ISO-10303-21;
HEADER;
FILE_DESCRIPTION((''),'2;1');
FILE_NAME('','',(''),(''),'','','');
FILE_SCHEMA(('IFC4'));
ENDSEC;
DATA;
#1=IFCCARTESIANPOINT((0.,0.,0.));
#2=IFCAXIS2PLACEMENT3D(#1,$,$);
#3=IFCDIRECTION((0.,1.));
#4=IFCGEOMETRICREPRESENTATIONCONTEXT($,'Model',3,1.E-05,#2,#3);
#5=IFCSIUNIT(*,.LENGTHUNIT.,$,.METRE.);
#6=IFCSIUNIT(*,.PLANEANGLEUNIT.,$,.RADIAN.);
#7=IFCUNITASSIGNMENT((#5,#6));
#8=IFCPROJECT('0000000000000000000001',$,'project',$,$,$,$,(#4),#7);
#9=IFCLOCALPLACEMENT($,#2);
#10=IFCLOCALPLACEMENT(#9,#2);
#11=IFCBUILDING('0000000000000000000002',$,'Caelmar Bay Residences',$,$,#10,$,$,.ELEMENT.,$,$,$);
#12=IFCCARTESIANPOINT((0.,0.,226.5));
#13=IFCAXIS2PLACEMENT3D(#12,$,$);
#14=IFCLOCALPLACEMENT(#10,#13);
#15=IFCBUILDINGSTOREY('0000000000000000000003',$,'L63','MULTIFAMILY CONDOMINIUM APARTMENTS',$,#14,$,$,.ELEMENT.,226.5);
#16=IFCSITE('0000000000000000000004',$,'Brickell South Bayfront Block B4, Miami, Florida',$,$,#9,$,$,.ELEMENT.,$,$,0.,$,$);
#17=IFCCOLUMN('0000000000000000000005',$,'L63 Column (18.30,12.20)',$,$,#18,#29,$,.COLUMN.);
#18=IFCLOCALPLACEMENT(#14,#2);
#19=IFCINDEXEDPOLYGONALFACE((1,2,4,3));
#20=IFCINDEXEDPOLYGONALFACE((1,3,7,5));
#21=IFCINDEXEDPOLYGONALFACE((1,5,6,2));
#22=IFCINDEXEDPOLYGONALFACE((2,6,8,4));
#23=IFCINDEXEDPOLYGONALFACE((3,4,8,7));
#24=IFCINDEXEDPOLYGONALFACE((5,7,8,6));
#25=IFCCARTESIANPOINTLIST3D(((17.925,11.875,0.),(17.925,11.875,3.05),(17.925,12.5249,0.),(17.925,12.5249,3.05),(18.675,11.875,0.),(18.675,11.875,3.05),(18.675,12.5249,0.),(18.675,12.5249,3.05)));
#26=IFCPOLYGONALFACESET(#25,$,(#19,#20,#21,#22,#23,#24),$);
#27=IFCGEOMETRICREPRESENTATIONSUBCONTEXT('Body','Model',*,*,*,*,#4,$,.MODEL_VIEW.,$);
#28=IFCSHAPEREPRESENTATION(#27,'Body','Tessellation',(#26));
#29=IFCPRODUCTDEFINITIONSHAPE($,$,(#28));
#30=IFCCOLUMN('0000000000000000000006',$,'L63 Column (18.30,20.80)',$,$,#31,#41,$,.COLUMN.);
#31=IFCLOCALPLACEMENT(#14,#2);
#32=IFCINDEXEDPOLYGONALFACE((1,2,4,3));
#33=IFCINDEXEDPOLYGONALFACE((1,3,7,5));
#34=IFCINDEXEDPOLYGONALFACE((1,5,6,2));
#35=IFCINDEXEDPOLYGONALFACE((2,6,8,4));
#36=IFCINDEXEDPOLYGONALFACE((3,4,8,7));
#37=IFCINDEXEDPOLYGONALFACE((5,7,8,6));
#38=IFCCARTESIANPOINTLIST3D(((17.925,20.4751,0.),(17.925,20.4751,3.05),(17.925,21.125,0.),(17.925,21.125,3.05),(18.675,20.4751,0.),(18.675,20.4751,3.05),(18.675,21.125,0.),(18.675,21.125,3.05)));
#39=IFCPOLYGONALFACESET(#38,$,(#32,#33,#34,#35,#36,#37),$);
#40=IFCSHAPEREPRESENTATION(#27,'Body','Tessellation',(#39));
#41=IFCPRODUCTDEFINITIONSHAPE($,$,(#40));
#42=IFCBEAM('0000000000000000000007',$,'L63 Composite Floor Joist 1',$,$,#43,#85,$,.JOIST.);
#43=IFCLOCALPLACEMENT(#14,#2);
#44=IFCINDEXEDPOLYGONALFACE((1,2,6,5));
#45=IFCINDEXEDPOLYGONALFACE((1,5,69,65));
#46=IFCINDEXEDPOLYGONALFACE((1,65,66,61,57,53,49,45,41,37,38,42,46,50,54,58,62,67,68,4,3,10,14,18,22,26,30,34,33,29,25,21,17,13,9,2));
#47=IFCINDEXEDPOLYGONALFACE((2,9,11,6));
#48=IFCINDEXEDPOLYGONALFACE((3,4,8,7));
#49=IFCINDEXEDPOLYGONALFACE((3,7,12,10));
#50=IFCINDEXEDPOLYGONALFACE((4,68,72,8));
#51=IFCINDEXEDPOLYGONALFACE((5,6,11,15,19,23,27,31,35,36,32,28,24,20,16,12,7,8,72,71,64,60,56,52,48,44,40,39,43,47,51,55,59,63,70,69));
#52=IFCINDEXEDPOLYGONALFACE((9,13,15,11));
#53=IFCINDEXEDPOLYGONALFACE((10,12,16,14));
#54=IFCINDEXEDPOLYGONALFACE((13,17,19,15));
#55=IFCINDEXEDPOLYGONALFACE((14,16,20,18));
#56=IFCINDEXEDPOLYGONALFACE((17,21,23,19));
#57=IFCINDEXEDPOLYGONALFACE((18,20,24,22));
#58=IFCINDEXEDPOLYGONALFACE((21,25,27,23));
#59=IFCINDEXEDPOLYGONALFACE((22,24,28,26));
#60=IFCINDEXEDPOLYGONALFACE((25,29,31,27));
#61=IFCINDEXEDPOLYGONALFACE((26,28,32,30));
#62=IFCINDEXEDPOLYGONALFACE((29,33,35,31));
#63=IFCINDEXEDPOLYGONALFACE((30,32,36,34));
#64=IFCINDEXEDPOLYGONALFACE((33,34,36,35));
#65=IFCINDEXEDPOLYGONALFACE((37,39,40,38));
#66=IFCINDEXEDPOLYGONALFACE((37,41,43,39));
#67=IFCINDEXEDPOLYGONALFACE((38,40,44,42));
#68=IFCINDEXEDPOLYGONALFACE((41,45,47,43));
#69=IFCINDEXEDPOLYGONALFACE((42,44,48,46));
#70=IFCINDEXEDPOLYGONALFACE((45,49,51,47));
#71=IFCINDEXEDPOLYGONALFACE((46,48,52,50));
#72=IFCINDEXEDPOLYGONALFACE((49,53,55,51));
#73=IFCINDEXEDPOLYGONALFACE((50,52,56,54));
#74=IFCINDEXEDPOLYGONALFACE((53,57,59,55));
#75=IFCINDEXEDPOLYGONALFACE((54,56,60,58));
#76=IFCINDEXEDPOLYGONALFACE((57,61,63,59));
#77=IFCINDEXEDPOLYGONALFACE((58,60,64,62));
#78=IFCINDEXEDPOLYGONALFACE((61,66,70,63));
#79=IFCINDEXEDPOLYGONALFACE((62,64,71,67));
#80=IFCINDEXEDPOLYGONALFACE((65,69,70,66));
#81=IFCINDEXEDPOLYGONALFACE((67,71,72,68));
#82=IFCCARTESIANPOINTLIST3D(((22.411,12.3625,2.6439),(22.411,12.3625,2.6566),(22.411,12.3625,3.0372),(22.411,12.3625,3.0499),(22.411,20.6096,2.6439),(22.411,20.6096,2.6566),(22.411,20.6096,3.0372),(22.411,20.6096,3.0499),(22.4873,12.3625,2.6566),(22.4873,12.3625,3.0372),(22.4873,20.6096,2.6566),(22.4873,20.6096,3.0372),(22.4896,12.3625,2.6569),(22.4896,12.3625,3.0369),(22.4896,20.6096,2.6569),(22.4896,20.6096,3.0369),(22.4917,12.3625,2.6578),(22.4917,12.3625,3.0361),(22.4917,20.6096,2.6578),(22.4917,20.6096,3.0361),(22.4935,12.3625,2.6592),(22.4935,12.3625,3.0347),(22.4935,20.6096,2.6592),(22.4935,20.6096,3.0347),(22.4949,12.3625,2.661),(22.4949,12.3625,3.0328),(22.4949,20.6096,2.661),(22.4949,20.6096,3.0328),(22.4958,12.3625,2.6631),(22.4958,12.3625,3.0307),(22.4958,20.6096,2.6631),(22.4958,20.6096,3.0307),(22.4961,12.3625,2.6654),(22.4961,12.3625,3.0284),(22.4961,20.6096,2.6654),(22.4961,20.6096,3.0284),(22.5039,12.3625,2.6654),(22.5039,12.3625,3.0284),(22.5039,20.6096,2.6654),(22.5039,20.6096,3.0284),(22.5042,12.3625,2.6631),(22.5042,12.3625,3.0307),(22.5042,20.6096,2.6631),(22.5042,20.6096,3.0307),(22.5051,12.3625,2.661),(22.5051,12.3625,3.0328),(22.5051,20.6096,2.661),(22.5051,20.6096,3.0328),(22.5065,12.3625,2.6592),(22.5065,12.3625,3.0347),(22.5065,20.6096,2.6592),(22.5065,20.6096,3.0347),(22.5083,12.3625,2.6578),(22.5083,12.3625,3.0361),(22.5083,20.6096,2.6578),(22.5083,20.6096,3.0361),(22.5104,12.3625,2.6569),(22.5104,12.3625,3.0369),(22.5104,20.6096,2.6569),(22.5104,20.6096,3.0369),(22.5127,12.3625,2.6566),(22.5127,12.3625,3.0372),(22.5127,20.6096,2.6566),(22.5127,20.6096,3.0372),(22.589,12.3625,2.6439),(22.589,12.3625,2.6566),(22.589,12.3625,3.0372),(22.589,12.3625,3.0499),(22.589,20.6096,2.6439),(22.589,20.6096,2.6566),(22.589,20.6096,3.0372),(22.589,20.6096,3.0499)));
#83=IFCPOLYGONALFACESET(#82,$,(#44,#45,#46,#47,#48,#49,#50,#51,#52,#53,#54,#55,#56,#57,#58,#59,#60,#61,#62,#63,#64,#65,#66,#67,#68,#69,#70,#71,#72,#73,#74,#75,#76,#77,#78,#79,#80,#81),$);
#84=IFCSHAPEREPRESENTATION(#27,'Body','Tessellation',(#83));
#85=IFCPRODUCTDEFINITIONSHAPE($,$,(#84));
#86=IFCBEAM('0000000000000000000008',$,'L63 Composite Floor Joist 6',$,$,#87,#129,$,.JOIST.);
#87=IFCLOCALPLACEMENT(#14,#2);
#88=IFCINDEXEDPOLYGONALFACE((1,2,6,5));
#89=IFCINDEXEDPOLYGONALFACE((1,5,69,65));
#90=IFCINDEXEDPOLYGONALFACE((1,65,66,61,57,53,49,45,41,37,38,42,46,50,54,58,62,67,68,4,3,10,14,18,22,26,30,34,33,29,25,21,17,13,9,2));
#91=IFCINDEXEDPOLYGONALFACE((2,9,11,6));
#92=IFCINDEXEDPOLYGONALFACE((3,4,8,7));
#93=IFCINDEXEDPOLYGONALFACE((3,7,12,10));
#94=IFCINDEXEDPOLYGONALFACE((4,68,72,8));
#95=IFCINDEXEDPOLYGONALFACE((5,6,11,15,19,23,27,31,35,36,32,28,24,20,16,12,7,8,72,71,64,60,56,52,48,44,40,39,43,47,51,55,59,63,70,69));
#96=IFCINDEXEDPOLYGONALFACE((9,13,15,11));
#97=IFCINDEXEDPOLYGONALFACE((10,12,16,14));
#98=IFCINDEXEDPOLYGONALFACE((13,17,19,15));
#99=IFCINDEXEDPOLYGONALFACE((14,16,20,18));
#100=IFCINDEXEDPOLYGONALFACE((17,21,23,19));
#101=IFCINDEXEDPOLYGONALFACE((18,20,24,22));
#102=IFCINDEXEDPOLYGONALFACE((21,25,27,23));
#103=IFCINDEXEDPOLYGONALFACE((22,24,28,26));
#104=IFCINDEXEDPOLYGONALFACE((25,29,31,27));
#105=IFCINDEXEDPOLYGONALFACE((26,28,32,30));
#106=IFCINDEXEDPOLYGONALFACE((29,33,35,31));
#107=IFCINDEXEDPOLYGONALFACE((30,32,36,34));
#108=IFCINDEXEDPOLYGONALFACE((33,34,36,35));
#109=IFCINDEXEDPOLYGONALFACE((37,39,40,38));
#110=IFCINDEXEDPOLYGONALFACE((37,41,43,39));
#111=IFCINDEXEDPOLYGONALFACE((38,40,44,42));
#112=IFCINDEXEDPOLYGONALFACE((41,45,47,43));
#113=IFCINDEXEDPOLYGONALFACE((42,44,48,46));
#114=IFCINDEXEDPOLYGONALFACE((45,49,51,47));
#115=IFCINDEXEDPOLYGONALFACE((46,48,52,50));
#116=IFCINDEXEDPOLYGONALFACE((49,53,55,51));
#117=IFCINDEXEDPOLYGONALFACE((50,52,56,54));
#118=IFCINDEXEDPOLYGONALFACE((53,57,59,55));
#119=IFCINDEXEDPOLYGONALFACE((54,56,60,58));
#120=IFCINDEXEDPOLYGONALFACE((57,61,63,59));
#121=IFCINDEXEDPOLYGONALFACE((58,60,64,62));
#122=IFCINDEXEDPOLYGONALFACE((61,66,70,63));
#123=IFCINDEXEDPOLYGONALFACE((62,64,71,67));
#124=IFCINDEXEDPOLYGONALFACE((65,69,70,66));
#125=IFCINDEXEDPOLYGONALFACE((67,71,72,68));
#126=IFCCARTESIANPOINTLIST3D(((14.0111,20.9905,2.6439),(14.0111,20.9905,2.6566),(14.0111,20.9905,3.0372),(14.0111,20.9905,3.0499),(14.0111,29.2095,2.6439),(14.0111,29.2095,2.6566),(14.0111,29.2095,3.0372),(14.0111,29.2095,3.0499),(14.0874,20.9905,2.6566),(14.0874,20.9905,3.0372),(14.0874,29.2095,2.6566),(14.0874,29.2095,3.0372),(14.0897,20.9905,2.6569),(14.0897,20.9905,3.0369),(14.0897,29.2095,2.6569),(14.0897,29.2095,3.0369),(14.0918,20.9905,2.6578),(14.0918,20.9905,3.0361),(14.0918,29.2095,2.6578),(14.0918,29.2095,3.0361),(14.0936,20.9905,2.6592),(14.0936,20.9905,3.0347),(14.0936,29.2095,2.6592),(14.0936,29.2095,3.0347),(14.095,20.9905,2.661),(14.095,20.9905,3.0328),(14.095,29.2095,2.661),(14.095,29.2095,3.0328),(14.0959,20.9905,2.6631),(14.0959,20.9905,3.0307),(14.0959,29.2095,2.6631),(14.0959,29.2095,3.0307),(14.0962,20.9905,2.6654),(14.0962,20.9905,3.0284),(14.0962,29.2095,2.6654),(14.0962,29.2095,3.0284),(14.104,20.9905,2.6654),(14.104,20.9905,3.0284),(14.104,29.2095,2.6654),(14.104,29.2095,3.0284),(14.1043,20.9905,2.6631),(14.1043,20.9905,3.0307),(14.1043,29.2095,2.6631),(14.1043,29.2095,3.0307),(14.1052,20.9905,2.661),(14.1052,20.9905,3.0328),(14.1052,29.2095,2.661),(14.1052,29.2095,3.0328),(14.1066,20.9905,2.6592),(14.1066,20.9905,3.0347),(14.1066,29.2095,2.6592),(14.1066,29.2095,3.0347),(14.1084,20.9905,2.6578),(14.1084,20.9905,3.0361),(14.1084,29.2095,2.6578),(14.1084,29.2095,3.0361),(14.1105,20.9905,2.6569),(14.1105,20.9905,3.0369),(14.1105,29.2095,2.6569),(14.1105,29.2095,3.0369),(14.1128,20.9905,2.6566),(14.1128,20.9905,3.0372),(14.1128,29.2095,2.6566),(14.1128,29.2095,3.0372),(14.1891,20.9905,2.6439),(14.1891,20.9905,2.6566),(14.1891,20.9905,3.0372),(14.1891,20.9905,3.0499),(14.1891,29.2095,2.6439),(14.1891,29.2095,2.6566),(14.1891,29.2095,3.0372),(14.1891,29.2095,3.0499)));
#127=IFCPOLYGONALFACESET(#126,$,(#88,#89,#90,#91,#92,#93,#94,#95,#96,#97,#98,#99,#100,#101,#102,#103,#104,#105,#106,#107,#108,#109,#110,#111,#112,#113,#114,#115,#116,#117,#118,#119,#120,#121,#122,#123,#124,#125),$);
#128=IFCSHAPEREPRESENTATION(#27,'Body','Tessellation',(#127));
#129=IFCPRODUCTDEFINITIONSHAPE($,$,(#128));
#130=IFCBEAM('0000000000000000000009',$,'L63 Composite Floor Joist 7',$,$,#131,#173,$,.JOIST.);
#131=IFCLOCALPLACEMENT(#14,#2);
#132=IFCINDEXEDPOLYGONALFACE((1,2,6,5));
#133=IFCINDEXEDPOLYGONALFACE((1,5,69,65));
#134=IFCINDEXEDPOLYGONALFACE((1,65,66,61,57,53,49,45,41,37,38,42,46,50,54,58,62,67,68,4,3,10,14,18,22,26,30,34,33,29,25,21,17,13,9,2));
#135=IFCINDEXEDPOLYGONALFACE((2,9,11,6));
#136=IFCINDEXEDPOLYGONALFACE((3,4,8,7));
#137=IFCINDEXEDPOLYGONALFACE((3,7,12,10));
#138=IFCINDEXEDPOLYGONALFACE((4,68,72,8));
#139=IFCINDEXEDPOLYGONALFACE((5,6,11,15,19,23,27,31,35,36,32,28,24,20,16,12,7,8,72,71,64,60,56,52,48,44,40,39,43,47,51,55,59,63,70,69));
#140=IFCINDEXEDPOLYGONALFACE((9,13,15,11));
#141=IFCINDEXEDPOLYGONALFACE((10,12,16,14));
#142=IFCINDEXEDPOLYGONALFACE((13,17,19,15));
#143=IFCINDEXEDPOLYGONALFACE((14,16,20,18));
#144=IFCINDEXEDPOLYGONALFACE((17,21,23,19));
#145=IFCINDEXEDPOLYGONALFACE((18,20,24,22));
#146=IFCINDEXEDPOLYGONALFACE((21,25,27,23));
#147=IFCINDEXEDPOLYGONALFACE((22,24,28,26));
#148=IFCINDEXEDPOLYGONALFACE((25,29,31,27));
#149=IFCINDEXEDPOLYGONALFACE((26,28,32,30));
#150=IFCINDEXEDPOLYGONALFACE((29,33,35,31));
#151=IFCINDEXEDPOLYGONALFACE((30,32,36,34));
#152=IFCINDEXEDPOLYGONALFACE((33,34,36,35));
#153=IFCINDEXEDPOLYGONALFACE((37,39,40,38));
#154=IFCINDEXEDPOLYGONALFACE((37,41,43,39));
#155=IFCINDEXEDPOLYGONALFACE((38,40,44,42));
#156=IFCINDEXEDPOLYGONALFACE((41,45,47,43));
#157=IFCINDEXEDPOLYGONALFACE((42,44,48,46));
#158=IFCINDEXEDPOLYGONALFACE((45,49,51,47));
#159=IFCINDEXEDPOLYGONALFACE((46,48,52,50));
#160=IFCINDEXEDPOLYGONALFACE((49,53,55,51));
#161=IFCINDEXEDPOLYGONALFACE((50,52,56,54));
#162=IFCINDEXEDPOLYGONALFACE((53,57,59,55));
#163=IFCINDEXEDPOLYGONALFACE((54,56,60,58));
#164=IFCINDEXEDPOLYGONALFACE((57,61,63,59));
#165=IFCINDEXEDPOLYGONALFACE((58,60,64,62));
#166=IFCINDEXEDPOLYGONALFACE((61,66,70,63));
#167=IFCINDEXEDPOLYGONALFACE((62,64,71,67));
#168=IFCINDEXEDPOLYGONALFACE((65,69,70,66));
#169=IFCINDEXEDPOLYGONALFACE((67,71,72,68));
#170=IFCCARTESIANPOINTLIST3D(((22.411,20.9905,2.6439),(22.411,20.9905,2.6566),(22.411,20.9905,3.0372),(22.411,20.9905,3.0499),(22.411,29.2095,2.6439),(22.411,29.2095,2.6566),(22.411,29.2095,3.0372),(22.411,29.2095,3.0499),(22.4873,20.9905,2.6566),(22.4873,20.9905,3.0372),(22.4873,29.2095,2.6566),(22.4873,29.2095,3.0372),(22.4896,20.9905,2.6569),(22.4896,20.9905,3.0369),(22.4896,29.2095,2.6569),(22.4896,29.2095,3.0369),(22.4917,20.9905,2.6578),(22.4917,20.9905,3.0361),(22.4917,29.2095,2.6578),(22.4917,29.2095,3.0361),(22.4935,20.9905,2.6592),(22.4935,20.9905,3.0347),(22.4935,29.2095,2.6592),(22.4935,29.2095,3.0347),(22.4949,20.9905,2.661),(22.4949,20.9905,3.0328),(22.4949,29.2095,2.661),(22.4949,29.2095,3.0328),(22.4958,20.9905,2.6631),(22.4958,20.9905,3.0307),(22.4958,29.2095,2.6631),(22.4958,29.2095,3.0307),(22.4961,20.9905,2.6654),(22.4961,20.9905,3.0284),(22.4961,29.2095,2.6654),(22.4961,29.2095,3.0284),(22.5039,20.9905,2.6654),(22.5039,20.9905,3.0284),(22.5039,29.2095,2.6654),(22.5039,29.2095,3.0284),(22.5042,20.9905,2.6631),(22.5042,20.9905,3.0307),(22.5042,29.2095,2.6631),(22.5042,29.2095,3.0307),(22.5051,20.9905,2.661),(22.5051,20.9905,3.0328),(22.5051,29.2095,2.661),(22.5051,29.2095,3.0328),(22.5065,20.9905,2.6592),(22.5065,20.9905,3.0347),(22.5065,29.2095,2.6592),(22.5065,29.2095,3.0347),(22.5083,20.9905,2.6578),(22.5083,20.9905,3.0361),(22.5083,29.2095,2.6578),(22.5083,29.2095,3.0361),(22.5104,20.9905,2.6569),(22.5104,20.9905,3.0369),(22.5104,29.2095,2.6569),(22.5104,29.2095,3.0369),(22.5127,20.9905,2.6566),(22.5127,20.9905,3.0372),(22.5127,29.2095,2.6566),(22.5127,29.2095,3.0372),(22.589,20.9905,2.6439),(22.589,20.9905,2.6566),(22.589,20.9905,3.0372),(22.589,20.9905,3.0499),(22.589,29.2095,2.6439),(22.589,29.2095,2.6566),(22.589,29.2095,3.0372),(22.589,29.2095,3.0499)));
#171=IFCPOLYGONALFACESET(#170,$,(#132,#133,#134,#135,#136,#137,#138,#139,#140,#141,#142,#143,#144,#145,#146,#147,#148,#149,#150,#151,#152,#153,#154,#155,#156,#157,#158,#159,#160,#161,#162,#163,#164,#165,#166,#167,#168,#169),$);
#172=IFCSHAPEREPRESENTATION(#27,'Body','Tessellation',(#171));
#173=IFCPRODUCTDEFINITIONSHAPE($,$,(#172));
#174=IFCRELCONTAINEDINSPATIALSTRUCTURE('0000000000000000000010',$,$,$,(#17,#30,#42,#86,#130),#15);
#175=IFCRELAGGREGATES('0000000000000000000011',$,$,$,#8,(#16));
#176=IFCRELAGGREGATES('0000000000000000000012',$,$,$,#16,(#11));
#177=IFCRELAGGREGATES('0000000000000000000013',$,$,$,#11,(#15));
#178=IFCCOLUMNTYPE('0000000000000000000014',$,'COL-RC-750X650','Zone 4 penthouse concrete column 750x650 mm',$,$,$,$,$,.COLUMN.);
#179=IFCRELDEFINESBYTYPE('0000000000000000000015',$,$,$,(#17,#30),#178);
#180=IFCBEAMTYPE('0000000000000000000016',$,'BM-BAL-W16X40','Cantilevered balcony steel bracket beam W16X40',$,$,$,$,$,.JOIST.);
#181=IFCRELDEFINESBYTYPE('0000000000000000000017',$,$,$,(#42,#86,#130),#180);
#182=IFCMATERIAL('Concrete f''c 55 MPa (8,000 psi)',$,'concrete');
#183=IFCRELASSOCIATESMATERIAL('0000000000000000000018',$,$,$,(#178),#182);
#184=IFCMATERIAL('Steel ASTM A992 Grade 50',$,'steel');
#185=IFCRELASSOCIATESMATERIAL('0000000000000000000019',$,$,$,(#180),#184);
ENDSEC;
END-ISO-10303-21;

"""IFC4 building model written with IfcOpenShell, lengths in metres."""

from ifc_helpers import new_model, si_unit, direction, frame, origin, origin_2d, place, context, subcontext, project, spatial, rectangle, i_section, extrude, material, material_profile, profile_set, type_object, element, save


model = new_model("IFC4")

# Units and contexts
model_context = context("Model", 3, precision=1e-05, world=origin(), true_north=direction((0.0, 1.0)))
body_context = subcontext(model_context, "Body", "Model", "MODEL_VIEW")
ifc_project = project(units=[si_unit("LENGTHUNIT", "METRE"), si_unit("PLANEANGLEUNIT", "RADIAN")], contexts=[model_context])

# Site, building, storey
site_placement = place(None, origin())
site = spatial("IfcSite", under=ifc_project, at=site_placement, Name="Brickell South Bayfront Block B4, Miami, Florida", CompositionType="ELEMENT", RefElevation=0.0)
building_placement = place(site_placement, origin())
building = spatial("IfcBuilding", under=site, at=building_placement, Name="Caelmar Bay Residences", CompositionType="ELEMENT")
storey_placement = place(building_placement, frame((0.0, 0.0, 226.5)))
storey = spatial("IfcBuildingStorey", under=building, at=storey_placement, Name="L63", Description="MULTIFAMILY CONDOMINIUM APARTMENTS", CompositionType="ELEMENT", Elevation=226.5)

# Columns
ifc_material_1 = material(Name="Concrete f'c 55 MPa (8,000 psi)", Category="concrete")
ifc_material_profile_1 = material_profile(ifc_material_1, rectangle(XDim=0.75, YDim=0.6499, at=origin_2d()), Name="RC-COL-750X650")
ifc_profile_set_1 = profile_set([ifc_material_profile_1], Name="Concrete f'c 55 MPa (8,000 psi)")
column_type = type_object("IfcColumnType", Name="COL-RC-750X650", Description="Zone 4 penthouse concrete column 750x650 mm", PredefinedType="COLUMN", material=ifc_profile_set_1)
for number, where, z_axis, x_axis, name in (
    (1, (18.3, 12.2, 0.0), (0.0, 0.0, 1.0), (1.0, 0.0, 0.0), "L63 Column (18.30,12.20)"),
    (2, (18.3, 20.8, 0.0), (0.0, 0.0, 1.0), (1.0, 0.0, 0.0), "L63 Column (18.30,20.80)"),
):
    element("IfcColumn", number, at=place(storey_placement, frame(where, z_axis=z_axis, x_axis=x_axis)), inside=storey, type_object=column_type, Name=name, PredefinedType="COLUMN", context=body_context, shape_type="SweptSolid", body=[
        extrude(rectangle(XDim=0.75, YDim=0.6499, at=origin_2d()), origin(), (0.0, 0.0, 1.0), 3.05),
    ])

# Beams
ifc_material_2 = material(Name="Steel ASTM A992 Grade 50", Category="steel")
ifc_material_profile_2 = material_profile(ifc_material_2, i_section(OverallWidth=0.178, OverallDepth=0.406, WebThickness=0.0078, FlangeThickness=0.0127, FilletRadius=0.0088, at=origin_2d()), Name="W16X40")
ifc_profile_set_2 = profile_set([ifc_material_profile_2], Name="Steel ASTM A992 Grade 50")
beam_type_1 = type_object("IfcBeamType", Name="BM-BAL-W16X40", Description="Cantilevered balcony steel bracket beam W16X40", PredefinedType="JOIST", material=ifc_profile_set_2)
beam_1_placement = place(storey_placement, frame((22.5, 12.3625, 2.8469), z_axis=(0.0, 1.0, 0.0), x_axis=(-1.0, 0.0, 0.0)))
element("IfcBeam", 3, at=beam_1_placement, inside=storey, type_object=beam_type_1, Name="L63 Composite Floor Joist 1", PredefinedType="JOIST", context=body_context, shape_type="SweptSolid", body=[
    extrude(i_section(OverallWidth=0.178, OverallDepth=0.406, WebThickness=0.0078, FlangeThickness=0.0127, FilletRadius=0.0088, at=origin_2d()), origin(), (0.0, 0.0, 1.0), 8.2471),
])
for number, where, z_axis, x_axis, name in (
    (4, (14.1001, 20.9905, 2.8469), (0.0, 1.0, 0.0), (-1.0, 0.0, 0.0), "L63 Composite Floor Joist 6"),
    (5, (22.5, 20.9905, 2.8469), (0.0, 1.0, 0.0), (-1.0, 0.0, 0.0), "L63 Composite Floor Joist 7"),
):
    element("IfcBeam", number, at=place(storey_placement, frame(where, z_axis=z_axis, x_axis=x_axis)), inside=storey, type_object=beam_type_1, Name=name, PredefinedType="JOIST", context=body_context, shape_type="SweptSolid", body=[
        extrude(i_section(OverallWidth=0.178, OverallDepth=0.406, WebThickness=0.0078, FlangeThickness=0.0127, FilletRadius=0.0088, at=origin_2d()), origin(), (0.0, 0.0, 1.0), 8.219),
    ])

save(model, "model.ifc")
